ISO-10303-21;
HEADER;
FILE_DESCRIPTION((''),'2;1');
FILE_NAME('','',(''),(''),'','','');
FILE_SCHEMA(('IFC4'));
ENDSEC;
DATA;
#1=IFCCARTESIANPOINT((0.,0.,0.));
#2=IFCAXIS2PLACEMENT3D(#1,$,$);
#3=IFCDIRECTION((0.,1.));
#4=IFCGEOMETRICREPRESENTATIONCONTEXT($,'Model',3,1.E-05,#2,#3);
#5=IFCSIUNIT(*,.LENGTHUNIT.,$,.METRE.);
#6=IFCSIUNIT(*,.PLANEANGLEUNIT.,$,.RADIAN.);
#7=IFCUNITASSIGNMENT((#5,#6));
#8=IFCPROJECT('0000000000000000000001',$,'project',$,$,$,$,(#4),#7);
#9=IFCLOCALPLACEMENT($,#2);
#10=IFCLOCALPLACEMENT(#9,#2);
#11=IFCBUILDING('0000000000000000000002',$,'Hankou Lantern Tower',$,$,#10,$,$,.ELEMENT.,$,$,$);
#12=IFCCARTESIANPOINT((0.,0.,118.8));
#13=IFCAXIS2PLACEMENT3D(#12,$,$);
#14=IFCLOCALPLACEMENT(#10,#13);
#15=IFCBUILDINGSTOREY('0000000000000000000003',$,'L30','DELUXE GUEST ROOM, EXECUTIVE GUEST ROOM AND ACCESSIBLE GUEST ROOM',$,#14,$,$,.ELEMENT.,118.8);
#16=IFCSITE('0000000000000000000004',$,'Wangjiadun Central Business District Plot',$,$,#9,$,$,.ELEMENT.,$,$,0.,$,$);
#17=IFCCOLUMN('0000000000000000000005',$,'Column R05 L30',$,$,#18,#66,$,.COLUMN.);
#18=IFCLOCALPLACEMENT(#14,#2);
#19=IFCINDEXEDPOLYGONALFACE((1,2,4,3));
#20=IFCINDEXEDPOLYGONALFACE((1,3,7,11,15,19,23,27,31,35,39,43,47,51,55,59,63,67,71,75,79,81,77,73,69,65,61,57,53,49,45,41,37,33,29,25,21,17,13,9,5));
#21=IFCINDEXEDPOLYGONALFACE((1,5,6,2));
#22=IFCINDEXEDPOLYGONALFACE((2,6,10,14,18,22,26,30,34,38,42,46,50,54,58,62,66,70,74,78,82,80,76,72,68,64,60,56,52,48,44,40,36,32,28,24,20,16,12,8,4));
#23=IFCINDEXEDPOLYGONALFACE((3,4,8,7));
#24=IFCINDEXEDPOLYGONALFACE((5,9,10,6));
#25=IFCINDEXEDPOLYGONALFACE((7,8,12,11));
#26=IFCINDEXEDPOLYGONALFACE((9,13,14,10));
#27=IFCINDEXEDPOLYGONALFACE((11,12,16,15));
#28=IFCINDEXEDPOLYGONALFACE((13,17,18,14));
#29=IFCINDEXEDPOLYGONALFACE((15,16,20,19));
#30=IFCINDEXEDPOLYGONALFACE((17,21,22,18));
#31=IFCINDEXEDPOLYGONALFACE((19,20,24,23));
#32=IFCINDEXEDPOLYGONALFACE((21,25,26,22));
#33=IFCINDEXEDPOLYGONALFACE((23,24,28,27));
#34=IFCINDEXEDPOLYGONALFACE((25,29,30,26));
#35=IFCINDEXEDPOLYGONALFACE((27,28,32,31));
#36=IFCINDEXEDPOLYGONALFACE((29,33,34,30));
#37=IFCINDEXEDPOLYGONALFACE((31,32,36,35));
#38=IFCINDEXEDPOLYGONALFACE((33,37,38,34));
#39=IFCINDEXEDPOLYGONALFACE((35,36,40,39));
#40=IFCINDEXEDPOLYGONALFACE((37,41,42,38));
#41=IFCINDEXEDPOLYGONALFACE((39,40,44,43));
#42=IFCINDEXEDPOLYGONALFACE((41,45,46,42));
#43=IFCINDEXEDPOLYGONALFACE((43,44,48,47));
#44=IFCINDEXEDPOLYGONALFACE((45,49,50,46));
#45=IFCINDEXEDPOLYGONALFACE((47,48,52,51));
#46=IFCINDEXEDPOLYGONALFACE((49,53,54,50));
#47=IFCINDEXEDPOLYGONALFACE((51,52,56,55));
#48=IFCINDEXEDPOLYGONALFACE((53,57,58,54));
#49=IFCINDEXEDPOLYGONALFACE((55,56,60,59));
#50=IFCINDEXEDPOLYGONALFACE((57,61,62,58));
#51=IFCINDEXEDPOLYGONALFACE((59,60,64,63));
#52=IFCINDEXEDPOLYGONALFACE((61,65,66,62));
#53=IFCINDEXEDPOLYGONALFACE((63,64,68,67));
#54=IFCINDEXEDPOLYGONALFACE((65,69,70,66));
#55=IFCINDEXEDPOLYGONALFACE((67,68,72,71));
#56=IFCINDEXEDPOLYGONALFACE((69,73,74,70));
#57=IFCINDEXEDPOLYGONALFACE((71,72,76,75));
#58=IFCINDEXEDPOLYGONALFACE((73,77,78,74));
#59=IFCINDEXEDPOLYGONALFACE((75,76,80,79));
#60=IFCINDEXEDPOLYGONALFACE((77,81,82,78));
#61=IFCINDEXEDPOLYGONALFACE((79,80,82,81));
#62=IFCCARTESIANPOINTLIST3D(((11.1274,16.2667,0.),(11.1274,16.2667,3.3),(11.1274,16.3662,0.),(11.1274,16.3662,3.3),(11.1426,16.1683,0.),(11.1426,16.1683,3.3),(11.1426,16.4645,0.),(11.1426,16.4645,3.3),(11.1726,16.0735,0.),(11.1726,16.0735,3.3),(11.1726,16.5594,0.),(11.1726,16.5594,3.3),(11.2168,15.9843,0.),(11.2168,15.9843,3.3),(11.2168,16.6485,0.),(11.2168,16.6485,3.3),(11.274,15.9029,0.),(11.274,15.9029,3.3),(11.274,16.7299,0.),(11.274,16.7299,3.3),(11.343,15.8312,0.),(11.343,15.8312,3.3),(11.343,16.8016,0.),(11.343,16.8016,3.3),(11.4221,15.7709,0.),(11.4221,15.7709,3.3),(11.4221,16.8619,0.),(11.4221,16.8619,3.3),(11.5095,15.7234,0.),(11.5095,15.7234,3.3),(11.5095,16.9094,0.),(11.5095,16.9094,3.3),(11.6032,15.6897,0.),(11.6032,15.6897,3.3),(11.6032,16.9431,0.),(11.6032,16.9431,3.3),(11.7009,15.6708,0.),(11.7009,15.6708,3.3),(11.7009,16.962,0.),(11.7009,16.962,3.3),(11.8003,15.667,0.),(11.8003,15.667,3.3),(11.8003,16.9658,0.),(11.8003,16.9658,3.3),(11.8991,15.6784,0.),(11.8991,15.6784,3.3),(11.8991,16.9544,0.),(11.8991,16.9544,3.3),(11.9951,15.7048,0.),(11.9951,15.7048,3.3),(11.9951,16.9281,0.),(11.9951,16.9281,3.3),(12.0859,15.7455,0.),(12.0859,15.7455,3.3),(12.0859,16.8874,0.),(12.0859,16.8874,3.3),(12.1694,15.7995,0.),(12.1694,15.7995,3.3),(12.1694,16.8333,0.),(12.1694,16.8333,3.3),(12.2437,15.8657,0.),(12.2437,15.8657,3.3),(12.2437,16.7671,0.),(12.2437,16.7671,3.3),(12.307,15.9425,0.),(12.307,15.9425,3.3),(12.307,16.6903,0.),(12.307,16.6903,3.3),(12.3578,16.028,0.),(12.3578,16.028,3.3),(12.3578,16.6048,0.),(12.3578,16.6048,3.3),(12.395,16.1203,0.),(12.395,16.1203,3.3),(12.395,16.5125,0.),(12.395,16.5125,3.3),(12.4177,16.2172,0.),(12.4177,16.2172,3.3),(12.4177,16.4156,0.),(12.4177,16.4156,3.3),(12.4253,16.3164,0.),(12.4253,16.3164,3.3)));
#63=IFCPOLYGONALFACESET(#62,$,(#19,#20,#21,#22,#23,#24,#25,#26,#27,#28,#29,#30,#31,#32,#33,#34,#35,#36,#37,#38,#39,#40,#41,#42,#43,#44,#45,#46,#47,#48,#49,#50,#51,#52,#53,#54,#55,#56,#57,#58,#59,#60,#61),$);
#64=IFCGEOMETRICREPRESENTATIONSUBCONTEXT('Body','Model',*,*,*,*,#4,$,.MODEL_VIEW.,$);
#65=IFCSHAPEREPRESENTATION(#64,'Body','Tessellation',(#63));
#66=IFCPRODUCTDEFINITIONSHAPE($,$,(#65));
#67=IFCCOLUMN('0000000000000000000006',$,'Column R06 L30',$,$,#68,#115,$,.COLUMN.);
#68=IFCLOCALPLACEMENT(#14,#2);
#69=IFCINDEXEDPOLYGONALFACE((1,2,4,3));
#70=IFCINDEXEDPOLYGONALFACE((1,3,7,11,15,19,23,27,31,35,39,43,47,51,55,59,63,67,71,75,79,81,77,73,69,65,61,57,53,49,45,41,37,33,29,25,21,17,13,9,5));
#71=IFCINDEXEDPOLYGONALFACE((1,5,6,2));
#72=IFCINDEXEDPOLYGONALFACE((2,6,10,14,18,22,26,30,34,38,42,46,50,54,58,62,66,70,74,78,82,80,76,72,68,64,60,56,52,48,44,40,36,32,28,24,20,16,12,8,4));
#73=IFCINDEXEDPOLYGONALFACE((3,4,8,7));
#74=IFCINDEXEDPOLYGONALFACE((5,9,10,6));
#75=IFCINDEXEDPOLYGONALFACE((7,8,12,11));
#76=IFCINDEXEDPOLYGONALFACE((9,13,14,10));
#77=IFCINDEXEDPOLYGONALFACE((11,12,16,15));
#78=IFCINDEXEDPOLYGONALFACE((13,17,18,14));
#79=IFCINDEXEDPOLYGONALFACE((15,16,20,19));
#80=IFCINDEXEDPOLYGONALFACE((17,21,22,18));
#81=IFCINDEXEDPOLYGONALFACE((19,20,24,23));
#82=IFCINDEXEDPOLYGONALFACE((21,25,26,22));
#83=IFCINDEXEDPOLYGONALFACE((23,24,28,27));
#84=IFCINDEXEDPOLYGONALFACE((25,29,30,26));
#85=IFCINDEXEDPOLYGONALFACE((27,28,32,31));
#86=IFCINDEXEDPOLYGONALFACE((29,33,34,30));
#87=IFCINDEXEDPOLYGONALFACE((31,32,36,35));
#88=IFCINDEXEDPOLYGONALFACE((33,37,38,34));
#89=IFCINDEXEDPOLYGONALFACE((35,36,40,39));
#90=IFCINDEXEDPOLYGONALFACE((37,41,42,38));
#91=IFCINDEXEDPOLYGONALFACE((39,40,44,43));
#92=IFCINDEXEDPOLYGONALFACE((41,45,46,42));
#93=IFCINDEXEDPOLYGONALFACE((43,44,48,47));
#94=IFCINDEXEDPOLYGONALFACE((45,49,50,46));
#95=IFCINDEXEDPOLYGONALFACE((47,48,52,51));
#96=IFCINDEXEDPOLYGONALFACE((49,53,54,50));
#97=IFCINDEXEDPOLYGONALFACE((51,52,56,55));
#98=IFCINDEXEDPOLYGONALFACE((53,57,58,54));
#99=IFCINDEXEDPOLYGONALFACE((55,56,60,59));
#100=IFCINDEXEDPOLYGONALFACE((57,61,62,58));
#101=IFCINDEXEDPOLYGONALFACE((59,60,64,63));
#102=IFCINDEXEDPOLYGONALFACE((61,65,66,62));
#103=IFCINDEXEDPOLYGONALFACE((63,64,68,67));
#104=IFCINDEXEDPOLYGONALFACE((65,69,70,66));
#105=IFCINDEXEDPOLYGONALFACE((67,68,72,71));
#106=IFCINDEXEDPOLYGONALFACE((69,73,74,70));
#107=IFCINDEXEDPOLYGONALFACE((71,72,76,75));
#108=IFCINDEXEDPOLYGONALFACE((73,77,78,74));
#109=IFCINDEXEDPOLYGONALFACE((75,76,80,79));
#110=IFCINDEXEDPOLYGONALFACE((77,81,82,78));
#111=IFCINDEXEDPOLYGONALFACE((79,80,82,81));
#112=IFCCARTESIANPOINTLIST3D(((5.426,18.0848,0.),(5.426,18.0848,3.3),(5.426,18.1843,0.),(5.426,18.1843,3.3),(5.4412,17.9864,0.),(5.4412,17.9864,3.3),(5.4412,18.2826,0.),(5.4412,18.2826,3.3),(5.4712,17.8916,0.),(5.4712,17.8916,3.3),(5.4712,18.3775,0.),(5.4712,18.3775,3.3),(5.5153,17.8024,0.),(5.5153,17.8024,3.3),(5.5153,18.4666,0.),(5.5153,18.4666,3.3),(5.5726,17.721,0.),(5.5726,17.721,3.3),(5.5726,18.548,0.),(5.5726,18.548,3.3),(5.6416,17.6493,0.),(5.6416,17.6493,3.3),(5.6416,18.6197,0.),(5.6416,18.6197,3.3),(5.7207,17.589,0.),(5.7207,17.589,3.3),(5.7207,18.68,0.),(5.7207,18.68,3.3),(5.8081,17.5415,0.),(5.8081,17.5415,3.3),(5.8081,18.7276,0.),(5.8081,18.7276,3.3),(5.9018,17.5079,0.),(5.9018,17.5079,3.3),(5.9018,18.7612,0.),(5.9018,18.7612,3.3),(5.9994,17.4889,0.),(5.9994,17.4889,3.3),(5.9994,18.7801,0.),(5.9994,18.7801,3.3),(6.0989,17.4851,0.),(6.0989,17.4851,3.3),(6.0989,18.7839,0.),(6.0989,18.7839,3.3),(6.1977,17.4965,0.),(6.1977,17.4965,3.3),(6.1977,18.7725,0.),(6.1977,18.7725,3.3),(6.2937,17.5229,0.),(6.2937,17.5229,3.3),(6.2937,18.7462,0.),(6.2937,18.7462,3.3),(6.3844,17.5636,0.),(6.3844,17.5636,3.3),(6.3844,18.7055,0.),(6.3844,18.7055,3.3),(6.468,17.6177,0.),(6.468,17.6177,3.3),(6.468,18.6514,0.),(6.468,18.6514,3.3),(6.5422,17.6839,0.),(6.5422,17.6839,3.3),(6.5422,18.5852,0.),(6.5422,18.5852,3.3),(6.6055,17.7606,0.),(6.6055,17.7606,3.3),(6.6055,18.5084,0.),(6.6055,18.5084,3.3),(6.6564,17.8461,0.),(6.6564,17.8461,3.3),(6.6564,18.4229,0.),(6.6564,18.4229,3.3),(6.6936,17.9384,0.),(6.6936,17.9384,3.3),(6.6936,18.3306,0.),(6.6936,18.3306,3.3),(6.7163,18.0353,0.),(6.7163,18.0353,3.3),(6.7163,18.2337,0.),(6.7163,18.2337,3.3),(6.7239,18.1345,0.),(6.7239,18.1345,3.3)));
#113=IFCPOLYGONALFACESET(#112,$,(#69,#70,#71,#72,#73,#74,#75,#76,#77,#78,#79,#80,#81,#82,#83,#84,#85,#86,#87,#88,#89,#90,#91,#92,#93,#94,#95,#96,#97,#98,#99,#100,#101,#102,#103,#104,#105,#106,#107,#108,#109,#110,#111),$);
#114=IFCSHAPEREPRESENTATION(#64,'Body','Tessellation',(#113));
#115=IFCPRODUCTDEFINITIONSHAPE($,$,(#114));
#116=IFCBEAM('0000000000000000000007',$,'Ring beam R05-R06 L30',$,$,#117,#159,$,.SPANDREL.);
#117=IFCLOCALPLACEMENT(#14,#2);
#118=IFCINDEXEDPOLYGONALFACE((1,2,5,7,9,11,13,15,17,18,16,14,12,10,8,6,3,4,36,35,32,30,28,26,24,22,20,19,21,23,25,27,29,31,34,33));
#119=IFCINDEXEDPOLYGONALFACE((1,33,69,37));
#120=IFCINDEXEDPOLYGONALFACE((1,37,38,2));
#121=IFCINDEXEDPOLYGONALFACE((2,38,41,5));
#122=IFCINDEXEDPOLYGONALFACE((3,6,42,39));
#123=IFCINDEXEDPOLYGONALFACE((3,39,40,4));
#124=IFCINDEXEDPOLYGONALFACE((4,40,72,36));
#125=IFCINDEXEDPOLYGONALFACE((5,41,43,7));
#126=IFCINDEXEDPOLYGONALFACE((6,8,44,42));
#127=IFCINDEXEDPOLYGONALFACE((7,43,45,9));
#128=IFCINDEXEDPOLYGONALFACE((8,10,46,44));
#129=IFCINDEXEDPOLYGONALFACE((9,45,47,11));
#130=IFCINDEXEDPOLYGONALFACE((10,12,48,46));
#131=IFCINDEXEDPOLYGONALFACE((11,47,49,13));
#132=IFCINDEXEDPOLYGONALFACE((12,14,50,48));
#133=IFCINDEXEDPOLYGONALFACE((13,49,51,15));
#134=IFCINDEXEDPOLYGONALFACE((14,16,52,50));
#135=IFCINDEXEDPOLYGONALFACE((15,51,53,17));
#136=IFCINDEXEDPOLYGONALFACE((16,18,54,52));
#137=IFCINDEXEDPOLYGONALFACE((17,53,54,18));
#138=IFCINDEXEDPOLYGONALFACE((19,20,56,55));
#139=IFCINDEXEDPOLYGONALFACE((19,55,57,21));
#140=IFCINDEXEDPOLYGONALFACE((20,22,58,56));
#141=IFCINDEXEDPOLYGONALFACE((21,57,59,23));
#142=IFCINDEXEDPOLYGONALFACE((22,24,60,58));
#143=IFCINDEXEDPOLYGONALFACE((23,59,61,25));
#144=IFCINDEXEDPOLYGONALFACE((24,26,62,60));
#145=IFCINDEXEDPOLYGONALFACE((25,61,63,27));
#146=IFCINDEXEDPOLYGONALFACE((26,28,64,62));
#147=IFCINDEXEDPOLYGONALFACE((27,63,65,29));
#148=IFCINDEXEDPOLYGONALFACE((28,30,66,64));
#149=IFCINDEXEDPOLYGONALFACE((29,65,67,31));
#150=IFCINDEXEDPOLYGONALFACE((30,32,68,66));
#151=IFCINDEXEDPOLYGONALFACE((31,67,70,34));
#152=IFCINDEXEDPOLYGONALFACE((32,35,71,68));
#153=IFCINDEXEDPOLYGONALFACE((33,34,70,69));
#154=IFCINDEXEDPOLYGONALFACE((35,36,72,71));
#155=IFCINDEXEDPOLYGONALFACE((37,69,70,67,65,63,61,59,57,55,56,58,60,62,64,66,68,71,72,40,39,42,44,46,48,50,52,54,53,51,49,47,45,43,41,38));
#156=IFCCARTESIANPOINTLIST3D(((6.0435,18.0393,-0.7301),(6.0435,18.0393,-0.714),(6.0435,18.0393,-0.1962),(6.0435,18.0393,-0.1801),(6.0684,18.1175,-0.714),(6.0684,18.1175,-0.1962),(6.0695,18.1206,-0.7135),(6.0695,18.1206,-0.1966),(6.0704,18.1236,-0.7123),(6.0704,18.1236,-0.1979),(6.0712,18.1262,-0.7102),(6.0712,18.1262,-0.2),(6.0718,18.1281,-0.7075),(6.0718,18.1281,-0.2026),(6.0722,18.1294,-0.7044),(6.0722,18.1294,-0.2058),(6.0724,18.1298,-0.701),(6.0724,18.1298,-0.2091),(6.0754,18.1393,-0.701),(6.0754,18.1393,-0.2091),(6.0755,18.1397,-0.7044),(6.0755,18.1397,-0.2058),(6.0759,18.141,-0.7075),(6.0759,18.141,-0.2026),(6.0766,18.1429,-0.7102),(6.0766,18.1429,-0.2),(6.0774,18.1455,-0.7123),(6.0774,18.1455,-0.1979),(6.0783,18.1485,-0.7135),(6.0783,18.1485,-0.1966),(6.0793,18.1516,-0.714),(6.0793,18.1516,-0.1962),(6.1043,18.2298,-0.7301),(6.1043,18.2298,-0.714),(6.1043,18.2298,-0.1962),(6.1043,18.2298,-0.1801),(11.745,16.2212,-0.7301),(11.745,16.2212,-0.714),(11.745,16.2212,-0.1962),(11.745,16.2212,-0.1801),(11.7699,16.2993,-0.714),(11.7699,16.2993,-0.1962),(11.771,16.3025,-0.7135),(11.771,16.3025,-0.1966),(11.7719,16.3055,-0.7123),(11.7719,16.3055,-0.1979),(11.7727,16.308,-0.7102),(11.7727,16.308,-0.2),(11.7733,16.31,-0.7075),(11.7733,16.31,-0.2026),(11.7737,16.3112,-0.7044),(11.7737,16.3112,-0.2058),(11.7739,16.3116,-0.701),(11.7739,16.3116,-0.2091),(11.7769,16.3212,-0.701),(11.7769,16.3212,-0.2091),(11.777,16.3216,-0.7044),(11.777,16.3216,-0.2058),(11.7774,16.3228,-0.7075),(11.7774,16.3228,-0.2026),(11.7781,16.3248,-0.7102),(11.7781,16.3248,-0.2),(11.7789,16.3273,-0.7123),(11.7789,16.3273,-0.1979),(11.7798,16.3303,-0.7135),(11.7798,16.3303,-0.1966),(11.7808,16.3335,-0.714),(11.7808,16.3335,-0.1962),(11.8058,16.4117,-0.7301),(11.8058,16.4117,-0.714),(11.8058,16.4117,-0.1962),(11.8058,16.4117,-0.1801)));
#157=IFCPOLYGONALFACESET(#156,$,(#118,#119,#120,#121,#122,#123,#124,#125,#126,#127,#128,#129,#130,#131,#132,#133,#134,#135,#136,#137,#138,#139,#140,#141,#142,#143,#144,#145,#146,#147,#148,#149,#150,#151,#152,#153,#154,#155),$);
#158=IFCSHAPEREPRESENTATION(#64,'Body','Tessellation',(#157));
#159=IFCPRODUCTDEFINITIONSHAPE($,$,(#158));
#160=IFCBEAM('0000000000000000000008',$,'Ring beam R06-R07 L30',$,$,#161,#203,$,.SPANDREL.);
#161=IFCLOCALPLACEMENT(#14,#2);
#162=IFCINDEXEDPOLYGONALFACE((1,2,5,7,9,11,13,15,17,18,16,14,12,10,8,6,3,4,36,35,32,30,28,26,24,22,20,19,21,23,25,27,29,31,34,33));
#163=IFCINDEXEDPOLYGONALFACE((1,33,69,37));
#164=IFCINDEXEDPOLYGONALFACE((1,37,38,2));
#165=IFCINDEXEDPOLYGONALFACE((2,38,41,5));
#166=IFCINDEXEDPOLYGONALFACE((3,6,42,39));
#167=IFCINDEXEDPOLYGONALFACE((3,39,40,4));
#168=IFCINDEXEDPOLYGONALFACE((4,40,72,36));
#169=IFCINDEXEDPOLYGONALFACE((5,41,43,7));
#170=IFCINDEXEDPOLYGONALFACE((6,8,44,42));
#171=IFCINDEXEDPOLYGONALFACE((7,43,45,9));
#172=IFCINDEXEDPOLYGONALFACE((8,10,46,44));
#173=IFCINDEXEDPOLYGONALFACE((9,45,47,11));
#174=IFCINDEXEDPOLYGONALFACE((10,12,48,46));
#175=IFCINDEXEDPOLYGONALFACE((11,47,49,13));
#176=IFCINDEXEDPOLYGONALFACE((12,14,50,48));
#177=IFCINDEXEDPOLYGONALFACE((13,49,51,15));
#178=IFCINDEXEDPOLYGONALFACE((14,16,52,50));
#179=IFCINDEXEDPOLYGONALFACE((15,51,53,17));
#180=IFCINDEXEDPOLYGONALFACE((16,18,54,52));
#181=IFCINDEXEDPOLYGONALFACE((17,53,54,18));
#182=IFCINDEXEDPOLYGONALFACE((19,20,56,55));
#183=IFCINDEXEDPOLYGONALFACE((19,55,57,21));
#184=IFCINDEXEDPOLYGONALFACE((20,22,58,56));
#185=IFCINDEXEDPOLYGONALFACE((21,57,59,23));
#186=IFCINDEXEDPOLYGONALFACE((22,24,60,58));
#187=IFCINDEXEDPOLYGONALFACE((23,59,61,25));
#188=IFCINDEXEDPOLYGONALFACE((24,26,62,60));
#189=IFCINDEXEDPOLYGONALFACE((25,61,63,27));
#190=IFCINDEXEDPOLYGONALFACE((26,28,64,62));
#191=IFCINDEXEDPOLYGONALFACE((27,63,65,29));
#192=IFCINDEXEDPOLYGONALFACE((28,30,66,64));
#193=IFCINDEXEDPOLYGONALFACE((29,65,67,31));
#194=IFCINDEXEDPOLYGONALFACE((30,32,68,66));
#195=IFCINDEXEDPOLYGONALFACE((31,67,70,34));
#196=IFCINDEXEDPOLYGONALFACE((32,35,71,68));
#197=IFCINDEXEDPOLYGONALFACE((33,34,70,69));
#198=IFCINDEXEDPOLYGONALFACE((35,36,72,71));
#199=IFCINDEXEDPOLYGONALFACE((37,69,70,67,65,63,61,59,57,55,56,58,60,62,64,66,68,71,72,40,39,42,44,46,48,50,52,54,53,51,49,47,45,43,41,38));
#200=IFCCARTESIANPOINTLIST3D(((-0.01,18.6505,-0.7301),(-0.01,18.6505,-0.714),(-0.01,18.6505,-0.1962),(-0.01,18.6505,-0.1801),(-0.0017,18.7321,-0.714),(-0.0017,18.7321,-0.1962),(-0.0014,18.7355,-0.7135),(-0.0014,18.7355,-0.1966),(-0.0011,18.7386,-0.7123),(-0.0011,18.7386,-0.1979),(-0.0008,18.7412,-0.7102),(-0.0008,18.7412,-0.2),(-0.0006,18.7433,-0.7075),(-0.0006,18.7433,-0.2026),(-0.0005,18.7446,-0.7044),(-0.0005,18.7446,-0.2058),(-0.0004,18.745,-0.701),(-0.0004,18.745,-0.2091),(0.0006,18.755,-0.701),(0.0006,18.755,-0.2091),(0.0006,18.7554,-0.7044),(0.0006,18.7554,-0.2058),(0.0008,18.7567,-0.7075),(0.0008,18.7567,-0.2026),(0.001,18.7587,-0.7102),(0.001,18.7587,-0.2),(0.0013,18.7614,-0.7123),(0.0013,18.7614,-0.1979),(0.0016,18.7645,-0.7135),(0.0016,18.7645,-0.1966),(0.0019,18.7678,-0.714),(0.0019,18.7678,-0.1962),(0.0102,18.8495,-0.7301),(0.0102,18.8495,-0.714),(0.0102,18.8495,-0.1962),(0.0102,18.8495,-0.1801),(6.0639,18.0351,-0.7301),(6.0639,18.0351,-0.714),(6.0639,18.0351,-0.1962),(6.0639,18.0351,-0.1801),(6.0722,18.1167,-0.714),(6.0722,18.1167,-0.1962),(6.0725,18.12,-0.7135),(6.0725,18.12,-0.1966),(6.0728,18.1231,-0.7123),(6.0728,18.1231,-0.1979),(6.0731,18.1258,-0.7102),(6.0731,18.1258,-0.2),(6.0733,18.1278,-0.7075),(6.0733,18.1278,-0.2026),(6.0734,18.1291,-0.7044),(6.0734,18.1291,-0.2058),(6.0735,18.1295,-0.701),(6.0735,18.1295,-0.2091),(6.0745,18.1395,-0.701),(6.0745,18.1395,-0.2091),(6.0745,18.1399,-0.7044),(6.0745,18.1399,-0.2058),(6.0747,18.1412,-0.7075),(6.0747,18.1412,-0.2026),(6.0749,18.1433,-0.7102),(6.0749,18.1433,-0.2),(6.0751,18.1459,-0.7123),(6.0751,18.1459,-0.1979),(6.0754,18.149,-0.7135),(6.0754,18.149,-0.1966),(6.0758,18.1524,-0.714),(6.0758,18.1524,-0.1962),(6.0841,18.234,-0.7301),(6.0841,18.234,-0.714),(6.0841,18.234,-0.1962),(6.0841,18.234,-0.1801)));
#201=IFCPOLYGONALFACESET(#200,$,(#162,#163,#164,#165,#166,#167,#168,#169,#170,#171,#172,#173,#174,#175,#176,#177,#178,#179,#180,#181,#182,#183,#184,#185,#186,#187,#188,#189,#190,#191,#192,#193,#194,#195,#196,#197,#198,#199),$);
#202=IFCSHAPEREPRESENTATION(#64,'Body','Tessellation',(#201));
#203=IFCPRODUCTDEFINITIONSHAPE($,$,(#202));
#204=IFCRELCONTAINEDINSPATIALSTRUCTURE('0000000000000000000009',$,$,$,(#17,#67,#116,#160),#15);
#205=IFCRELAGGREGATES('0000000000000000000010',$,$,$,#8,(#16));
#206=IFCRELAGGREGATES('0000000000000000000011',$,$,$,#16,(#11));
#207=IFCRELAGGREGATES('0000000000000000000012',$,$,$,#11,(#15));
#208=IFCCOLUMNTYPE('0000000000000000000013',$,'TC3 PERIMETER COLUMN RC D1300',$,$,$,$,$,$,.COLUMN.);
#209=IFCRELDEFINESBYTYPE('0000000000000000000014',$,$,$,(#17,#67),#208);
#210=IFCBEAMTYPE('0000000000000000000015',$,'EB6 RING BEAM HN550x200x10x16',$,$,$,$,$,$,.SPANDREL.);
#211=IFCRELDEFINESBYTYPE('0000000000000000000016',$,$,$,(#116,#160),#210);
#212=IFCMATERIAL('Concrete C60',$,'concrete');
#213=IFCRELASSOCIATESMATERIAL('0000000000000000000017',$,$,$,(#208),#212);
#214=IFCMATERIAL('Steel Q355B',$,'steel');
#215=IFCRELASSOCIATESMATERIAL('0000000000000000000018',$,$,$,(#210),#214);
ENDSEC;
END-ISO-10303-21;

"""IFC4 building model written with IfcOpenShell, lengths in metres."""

from ifc_helpers import new_model, si_unit, direction, frame, origin, origin_2d, place, context, subcontext, project, spatial, circle, i_section, extrude, material, material_profile, profile_set, type_object, element, save


model = new_model("IFC4")

# Units and contexts
model_context = context("Model", 3, precision=1e-05, world=origin(), true_north=direction((0.0, 1.0)))
body_context = subcontext(model_context, "Body", "Model", "MODEL_VIEW")
ifc_project = project(units=[si_unit("LENGTHUNIT", "METRE"), si_unit("PLANEANGLEUNIT", "RADIAN")], contexts=[model_context])

# Site, building, storey
site_placement = place(None, origin())
site = spatial("IfcSite", under=ifc_project, at=site_placement, Name="Wangjiadun Central Business District Plot", CompositionType="ELEMENT", RefElevation=0.0)
building_placement = place(site_placement, origin())
building = spatial("IfcBuilding", under=site, at=building_placement, Name="Hankou Lantern Tower", CompositionType="ELEMENT")
storey_placement = place(building_placement, frame((0.0, 0.0, 118.8)))
storey = spatial("IfcBuildingStorey", under=building, at=storey_placement, Name="L30", Description="DELUXE GUEST ROOM, EXECUTIVE GUEST ROOM AND ACCESSIBLE GUEST ROOM", CompositionType="ELEMENT", Elevation=118.8)

# Columns
ifc_material_1 = material(Name="Concrete C60", Category="concrete")
ifc_material_profile_1 = material_profile(ifc_material_1, circle(Radius=0.6499, at=origin_2d()), Name="RC D1300")
ifc_profile_set_1 = profile_set([ifc_material_profile_1], Name="Concrete C60")
column_type = type_object("IfcColumnType", Name="TC3 PERIMETER COLUMN RC D1300", PredefinedType="COLUMN", material=ifc_profile_set_1)
for number, where, z_axis, x_axis, name in (
    (1, (11.7754, 16.3164, 0.0), (0.0, 0.0, 1.0), (1.0, 0.0, 0.0), "Column R05 L30"),
    (2, (6.074, 18.1345, 0.0), (0.0, 0.0, 1.0), (1.0, 0.0, 0.0), "Column R06 L30"),
):
    element("IfcColumn", number, at=place(storey_placement, frame(where, z_axis=z_axis, x_axis=x_axis)), inside=storey, type_object=column_type, Name=name, PredefinedType="COLUMN", context=body_context, shape_type="SweptSolid", body=[
        extrude(circle(Radius=0.6499, at=origin_2d()), origin(), (0.0, 0.0, 1.0), 3.3),
    ])

# Beams
ifc_material_2 = material(Name="Steel Q355B", Category="steel")
ifc_material_profile_2 = material_profile(ifc_material_2, i_section(OverallWidth=0.2, OverallDepth=0.55, WebThickness=0.01, FlangeThickness=0.0161, FilletRadius=0.0129, at=origin_2d()), Name="HN550x200x10x16")
ifc_profile_set_2 = profile_set([ifc_material_profile_2], Name="Steel Q355B")
beam_type_1 = type_object("IfcBeamType", Name="EB6 RING BEAM HN550x200x10x16", PredefinedType="SPANDREL", material=ifc_profile_set_2)
beam_1_placement = place(storey_placement, frame((11.7754, 16.3164, -0.4551), z_axis=(-0.952731, 0.303815, 0.0), x_axis=(-0.303815, -0.952731, 0.0)))
element("IfcBeam", 3, at=beam_1_placement, inside=storey, type_object=beam_type_1, Name="Ring beam R05-R06 L30", PredefinedType="SPANDREL", context=body_context, shape_type="SweptSolid", body=[
    extrude(i_section(OverallWidth=0.2, OverallDepth=0.55, WebThickness=0.01, FlangeThickness=0.0161, FilletRadius=0.0129, at=origin_2d()), origin(), (0.0, 0.0, 1.0), 5.9844),
])
for number, where, z_axis, x_axis, name in (
    (4, (6.074, 18.1345, -0.4551), (-0.994905, 0.100814, 0.0), (-0.100814, -0.994905, 0.0), "Ring beam R06-R07 L30"),
):
    element("IfcBeam", number, at=place(storey_placement, frame(where, z_axis=z_axis, x_axis=x_axis)), inside=storey, type_object=beam_type_1, Name=name, PredefinedType="SPANDREL", context=body_context, shape_type="SweptSolid", body=[
        extrude(i_section(OverallWidth=0.2, OverallDepth=0.55, WebThickness=0.01, FlangeThickness=0.0161, FilletRadius=0.0129, at=origin_2d()), origin(), (0.0, 0.0, 1.0), 6.105),
    ])

save(model, "model.ifc")
